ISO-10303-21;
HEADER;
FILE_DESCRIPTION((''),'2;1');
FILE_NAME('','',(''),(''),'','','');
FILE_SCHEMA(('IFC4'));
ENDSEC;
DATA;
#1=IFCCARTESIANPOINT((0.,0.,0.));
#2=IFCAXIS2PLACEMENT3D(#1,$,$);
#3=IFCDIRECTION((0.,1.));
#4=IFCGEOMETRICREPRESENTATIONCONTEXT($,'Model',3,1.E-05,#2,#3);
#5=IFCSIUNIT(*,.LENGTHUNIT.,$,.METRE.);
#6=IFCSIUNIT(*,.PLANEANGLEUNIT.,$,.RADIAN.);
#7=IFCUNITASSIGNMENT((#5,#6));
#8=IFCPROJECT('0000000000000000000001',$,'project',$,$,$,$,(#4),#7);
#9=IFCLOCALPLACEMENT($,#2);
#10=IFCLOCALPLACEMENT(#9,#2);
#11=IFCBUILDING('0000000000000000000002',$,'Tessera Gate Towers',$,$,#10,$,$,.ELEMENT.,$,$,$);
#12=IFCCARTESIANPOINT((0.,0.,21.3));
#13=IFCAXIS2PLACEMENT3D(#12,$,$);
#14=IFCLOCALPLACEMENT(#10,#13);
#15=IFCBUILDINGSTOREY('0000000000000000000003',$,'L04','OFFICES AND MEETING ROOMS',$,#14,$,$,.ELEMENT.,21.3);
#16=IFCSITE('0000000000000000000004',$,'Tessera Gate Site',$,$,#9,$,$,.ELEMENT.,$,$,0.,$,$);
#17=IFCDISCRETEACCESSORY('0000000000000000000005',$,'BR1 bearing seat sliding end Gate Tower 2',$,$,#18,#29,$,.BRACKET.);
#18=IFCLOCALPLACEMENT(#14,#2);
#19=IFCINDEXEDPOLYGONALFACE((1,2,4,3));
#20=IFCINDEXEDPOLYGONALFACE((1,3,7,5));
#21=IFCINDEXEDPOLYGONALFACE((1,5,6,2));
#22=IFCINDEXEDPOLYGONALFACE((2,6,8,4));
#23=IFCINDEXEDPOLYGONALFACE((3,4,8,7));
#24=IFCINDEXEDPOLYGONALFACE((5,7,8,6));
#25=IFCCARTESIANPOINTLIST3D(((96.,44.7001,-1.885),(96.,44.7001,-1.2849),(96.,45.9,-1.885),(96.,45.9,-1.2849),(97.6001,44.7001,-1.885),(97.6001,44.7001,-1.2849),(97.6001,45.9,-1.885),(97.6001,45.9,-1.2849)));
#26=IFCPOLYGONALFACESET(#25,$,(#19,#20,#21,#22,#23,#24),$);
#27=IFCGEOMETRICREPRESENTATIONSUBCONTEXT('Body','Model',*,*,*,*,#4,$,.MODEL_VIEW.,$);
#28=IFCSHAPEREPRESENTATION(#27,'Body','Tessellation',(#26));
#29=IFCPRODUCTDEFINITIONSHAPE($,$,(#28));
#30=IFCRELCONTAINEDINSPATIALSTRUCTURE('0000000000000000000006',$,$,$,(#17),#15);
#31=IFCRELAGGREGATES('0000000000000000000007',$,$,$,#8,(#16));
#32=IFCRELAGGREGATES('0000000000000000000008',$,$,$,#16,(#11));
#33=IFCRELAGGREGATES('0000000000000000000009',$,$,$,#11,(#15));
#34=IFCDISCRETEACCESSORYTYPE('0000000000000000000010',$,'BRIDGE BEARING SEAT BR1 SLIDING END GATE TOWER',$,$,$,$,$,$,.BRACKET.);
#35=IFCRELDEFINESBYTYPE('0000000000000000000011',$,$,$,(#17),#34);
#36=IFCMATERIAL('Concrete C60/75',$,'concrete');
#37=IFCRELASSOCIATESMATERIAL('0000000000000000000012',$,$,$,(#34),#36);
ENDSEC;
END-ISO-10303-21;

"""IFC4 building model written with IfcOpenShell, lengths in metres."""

from ifc_helpers import new_model, si_unit, direction, frame, origin, origin_2d, place, context, subcontext, project, spatial, rectangle, extrude, material, type_object, element, save


model = new_model("IFC4")

# Units and contexts
model_context = context("Model", 3, precision=1e-05, world=origin(), true_north=direction((0.0, 1.0)))
body_context = subcontext(model_context, "Body", "Model", "MODEL_VIEW")
ifc_project = project(units=[si_unit("LENGTHUNIT", "METRE"), si_unit("PLANEANGLEUNIT", "RADIAN")], contexts=[model_context])

# Site, building, storey
site_placement = place(None, origin())
site = spatial("IfcSite", under=ifc_project, at=site_placement, Name="Tessera Gate Site", CompositionType="ELEMENT", RefElevation=0.0)
building_placement = place(site_placement, origin())
building = spatial("IfcBuilding", under=site, at=building_placement, Name="Tessera Gate Towers", CompositionType="ELEMENT")
storey_placement = place(building_placement, frame((0.0, 0.0, 21.3)))
storey = spatial("IfcBuildingStorey", under=building, at=storey_placement, Name="L04", Description="OFFICES AND MEETING ROOMS", CompositionType="ELEMENT", Elevation=21.3)

# Discrete accessory
ifc_material_1 = material(Name="Concrete C60/75", Category="concrete")
discrete_accessory_type = type_object("IfcDiscreteAccessoryType", Name="BRIDGE BEARING SEAT BR1 SLIDING END GATE TOWER", PredefinedType="BRACKET", material=ifc_material_1)
discrete_accessory_placement = place(storey_placement, frame((96.8, 45.3, -1.885), z_axis=(0.0, 0.0, 1.0), x_axis=(1.0, 0.0, 0.0)))
element("IfcDiscreteAccessory", 1, at=discrete_accessory_placement, inside=storey, type_object=discrete_accessory_type, Name="BR1 bearing seat sliding end Gate Tower 2", PredefinedType="BRACKET", context=body_context, shape_type="SweptSolid", body=[
    extrude(rectangle(XDim=1.6001, YDim=1.2, at=origin_2d()), origin(), (0.0, 0.0, 1.0), 0.6001),
])

save(model, "model.ifc")
